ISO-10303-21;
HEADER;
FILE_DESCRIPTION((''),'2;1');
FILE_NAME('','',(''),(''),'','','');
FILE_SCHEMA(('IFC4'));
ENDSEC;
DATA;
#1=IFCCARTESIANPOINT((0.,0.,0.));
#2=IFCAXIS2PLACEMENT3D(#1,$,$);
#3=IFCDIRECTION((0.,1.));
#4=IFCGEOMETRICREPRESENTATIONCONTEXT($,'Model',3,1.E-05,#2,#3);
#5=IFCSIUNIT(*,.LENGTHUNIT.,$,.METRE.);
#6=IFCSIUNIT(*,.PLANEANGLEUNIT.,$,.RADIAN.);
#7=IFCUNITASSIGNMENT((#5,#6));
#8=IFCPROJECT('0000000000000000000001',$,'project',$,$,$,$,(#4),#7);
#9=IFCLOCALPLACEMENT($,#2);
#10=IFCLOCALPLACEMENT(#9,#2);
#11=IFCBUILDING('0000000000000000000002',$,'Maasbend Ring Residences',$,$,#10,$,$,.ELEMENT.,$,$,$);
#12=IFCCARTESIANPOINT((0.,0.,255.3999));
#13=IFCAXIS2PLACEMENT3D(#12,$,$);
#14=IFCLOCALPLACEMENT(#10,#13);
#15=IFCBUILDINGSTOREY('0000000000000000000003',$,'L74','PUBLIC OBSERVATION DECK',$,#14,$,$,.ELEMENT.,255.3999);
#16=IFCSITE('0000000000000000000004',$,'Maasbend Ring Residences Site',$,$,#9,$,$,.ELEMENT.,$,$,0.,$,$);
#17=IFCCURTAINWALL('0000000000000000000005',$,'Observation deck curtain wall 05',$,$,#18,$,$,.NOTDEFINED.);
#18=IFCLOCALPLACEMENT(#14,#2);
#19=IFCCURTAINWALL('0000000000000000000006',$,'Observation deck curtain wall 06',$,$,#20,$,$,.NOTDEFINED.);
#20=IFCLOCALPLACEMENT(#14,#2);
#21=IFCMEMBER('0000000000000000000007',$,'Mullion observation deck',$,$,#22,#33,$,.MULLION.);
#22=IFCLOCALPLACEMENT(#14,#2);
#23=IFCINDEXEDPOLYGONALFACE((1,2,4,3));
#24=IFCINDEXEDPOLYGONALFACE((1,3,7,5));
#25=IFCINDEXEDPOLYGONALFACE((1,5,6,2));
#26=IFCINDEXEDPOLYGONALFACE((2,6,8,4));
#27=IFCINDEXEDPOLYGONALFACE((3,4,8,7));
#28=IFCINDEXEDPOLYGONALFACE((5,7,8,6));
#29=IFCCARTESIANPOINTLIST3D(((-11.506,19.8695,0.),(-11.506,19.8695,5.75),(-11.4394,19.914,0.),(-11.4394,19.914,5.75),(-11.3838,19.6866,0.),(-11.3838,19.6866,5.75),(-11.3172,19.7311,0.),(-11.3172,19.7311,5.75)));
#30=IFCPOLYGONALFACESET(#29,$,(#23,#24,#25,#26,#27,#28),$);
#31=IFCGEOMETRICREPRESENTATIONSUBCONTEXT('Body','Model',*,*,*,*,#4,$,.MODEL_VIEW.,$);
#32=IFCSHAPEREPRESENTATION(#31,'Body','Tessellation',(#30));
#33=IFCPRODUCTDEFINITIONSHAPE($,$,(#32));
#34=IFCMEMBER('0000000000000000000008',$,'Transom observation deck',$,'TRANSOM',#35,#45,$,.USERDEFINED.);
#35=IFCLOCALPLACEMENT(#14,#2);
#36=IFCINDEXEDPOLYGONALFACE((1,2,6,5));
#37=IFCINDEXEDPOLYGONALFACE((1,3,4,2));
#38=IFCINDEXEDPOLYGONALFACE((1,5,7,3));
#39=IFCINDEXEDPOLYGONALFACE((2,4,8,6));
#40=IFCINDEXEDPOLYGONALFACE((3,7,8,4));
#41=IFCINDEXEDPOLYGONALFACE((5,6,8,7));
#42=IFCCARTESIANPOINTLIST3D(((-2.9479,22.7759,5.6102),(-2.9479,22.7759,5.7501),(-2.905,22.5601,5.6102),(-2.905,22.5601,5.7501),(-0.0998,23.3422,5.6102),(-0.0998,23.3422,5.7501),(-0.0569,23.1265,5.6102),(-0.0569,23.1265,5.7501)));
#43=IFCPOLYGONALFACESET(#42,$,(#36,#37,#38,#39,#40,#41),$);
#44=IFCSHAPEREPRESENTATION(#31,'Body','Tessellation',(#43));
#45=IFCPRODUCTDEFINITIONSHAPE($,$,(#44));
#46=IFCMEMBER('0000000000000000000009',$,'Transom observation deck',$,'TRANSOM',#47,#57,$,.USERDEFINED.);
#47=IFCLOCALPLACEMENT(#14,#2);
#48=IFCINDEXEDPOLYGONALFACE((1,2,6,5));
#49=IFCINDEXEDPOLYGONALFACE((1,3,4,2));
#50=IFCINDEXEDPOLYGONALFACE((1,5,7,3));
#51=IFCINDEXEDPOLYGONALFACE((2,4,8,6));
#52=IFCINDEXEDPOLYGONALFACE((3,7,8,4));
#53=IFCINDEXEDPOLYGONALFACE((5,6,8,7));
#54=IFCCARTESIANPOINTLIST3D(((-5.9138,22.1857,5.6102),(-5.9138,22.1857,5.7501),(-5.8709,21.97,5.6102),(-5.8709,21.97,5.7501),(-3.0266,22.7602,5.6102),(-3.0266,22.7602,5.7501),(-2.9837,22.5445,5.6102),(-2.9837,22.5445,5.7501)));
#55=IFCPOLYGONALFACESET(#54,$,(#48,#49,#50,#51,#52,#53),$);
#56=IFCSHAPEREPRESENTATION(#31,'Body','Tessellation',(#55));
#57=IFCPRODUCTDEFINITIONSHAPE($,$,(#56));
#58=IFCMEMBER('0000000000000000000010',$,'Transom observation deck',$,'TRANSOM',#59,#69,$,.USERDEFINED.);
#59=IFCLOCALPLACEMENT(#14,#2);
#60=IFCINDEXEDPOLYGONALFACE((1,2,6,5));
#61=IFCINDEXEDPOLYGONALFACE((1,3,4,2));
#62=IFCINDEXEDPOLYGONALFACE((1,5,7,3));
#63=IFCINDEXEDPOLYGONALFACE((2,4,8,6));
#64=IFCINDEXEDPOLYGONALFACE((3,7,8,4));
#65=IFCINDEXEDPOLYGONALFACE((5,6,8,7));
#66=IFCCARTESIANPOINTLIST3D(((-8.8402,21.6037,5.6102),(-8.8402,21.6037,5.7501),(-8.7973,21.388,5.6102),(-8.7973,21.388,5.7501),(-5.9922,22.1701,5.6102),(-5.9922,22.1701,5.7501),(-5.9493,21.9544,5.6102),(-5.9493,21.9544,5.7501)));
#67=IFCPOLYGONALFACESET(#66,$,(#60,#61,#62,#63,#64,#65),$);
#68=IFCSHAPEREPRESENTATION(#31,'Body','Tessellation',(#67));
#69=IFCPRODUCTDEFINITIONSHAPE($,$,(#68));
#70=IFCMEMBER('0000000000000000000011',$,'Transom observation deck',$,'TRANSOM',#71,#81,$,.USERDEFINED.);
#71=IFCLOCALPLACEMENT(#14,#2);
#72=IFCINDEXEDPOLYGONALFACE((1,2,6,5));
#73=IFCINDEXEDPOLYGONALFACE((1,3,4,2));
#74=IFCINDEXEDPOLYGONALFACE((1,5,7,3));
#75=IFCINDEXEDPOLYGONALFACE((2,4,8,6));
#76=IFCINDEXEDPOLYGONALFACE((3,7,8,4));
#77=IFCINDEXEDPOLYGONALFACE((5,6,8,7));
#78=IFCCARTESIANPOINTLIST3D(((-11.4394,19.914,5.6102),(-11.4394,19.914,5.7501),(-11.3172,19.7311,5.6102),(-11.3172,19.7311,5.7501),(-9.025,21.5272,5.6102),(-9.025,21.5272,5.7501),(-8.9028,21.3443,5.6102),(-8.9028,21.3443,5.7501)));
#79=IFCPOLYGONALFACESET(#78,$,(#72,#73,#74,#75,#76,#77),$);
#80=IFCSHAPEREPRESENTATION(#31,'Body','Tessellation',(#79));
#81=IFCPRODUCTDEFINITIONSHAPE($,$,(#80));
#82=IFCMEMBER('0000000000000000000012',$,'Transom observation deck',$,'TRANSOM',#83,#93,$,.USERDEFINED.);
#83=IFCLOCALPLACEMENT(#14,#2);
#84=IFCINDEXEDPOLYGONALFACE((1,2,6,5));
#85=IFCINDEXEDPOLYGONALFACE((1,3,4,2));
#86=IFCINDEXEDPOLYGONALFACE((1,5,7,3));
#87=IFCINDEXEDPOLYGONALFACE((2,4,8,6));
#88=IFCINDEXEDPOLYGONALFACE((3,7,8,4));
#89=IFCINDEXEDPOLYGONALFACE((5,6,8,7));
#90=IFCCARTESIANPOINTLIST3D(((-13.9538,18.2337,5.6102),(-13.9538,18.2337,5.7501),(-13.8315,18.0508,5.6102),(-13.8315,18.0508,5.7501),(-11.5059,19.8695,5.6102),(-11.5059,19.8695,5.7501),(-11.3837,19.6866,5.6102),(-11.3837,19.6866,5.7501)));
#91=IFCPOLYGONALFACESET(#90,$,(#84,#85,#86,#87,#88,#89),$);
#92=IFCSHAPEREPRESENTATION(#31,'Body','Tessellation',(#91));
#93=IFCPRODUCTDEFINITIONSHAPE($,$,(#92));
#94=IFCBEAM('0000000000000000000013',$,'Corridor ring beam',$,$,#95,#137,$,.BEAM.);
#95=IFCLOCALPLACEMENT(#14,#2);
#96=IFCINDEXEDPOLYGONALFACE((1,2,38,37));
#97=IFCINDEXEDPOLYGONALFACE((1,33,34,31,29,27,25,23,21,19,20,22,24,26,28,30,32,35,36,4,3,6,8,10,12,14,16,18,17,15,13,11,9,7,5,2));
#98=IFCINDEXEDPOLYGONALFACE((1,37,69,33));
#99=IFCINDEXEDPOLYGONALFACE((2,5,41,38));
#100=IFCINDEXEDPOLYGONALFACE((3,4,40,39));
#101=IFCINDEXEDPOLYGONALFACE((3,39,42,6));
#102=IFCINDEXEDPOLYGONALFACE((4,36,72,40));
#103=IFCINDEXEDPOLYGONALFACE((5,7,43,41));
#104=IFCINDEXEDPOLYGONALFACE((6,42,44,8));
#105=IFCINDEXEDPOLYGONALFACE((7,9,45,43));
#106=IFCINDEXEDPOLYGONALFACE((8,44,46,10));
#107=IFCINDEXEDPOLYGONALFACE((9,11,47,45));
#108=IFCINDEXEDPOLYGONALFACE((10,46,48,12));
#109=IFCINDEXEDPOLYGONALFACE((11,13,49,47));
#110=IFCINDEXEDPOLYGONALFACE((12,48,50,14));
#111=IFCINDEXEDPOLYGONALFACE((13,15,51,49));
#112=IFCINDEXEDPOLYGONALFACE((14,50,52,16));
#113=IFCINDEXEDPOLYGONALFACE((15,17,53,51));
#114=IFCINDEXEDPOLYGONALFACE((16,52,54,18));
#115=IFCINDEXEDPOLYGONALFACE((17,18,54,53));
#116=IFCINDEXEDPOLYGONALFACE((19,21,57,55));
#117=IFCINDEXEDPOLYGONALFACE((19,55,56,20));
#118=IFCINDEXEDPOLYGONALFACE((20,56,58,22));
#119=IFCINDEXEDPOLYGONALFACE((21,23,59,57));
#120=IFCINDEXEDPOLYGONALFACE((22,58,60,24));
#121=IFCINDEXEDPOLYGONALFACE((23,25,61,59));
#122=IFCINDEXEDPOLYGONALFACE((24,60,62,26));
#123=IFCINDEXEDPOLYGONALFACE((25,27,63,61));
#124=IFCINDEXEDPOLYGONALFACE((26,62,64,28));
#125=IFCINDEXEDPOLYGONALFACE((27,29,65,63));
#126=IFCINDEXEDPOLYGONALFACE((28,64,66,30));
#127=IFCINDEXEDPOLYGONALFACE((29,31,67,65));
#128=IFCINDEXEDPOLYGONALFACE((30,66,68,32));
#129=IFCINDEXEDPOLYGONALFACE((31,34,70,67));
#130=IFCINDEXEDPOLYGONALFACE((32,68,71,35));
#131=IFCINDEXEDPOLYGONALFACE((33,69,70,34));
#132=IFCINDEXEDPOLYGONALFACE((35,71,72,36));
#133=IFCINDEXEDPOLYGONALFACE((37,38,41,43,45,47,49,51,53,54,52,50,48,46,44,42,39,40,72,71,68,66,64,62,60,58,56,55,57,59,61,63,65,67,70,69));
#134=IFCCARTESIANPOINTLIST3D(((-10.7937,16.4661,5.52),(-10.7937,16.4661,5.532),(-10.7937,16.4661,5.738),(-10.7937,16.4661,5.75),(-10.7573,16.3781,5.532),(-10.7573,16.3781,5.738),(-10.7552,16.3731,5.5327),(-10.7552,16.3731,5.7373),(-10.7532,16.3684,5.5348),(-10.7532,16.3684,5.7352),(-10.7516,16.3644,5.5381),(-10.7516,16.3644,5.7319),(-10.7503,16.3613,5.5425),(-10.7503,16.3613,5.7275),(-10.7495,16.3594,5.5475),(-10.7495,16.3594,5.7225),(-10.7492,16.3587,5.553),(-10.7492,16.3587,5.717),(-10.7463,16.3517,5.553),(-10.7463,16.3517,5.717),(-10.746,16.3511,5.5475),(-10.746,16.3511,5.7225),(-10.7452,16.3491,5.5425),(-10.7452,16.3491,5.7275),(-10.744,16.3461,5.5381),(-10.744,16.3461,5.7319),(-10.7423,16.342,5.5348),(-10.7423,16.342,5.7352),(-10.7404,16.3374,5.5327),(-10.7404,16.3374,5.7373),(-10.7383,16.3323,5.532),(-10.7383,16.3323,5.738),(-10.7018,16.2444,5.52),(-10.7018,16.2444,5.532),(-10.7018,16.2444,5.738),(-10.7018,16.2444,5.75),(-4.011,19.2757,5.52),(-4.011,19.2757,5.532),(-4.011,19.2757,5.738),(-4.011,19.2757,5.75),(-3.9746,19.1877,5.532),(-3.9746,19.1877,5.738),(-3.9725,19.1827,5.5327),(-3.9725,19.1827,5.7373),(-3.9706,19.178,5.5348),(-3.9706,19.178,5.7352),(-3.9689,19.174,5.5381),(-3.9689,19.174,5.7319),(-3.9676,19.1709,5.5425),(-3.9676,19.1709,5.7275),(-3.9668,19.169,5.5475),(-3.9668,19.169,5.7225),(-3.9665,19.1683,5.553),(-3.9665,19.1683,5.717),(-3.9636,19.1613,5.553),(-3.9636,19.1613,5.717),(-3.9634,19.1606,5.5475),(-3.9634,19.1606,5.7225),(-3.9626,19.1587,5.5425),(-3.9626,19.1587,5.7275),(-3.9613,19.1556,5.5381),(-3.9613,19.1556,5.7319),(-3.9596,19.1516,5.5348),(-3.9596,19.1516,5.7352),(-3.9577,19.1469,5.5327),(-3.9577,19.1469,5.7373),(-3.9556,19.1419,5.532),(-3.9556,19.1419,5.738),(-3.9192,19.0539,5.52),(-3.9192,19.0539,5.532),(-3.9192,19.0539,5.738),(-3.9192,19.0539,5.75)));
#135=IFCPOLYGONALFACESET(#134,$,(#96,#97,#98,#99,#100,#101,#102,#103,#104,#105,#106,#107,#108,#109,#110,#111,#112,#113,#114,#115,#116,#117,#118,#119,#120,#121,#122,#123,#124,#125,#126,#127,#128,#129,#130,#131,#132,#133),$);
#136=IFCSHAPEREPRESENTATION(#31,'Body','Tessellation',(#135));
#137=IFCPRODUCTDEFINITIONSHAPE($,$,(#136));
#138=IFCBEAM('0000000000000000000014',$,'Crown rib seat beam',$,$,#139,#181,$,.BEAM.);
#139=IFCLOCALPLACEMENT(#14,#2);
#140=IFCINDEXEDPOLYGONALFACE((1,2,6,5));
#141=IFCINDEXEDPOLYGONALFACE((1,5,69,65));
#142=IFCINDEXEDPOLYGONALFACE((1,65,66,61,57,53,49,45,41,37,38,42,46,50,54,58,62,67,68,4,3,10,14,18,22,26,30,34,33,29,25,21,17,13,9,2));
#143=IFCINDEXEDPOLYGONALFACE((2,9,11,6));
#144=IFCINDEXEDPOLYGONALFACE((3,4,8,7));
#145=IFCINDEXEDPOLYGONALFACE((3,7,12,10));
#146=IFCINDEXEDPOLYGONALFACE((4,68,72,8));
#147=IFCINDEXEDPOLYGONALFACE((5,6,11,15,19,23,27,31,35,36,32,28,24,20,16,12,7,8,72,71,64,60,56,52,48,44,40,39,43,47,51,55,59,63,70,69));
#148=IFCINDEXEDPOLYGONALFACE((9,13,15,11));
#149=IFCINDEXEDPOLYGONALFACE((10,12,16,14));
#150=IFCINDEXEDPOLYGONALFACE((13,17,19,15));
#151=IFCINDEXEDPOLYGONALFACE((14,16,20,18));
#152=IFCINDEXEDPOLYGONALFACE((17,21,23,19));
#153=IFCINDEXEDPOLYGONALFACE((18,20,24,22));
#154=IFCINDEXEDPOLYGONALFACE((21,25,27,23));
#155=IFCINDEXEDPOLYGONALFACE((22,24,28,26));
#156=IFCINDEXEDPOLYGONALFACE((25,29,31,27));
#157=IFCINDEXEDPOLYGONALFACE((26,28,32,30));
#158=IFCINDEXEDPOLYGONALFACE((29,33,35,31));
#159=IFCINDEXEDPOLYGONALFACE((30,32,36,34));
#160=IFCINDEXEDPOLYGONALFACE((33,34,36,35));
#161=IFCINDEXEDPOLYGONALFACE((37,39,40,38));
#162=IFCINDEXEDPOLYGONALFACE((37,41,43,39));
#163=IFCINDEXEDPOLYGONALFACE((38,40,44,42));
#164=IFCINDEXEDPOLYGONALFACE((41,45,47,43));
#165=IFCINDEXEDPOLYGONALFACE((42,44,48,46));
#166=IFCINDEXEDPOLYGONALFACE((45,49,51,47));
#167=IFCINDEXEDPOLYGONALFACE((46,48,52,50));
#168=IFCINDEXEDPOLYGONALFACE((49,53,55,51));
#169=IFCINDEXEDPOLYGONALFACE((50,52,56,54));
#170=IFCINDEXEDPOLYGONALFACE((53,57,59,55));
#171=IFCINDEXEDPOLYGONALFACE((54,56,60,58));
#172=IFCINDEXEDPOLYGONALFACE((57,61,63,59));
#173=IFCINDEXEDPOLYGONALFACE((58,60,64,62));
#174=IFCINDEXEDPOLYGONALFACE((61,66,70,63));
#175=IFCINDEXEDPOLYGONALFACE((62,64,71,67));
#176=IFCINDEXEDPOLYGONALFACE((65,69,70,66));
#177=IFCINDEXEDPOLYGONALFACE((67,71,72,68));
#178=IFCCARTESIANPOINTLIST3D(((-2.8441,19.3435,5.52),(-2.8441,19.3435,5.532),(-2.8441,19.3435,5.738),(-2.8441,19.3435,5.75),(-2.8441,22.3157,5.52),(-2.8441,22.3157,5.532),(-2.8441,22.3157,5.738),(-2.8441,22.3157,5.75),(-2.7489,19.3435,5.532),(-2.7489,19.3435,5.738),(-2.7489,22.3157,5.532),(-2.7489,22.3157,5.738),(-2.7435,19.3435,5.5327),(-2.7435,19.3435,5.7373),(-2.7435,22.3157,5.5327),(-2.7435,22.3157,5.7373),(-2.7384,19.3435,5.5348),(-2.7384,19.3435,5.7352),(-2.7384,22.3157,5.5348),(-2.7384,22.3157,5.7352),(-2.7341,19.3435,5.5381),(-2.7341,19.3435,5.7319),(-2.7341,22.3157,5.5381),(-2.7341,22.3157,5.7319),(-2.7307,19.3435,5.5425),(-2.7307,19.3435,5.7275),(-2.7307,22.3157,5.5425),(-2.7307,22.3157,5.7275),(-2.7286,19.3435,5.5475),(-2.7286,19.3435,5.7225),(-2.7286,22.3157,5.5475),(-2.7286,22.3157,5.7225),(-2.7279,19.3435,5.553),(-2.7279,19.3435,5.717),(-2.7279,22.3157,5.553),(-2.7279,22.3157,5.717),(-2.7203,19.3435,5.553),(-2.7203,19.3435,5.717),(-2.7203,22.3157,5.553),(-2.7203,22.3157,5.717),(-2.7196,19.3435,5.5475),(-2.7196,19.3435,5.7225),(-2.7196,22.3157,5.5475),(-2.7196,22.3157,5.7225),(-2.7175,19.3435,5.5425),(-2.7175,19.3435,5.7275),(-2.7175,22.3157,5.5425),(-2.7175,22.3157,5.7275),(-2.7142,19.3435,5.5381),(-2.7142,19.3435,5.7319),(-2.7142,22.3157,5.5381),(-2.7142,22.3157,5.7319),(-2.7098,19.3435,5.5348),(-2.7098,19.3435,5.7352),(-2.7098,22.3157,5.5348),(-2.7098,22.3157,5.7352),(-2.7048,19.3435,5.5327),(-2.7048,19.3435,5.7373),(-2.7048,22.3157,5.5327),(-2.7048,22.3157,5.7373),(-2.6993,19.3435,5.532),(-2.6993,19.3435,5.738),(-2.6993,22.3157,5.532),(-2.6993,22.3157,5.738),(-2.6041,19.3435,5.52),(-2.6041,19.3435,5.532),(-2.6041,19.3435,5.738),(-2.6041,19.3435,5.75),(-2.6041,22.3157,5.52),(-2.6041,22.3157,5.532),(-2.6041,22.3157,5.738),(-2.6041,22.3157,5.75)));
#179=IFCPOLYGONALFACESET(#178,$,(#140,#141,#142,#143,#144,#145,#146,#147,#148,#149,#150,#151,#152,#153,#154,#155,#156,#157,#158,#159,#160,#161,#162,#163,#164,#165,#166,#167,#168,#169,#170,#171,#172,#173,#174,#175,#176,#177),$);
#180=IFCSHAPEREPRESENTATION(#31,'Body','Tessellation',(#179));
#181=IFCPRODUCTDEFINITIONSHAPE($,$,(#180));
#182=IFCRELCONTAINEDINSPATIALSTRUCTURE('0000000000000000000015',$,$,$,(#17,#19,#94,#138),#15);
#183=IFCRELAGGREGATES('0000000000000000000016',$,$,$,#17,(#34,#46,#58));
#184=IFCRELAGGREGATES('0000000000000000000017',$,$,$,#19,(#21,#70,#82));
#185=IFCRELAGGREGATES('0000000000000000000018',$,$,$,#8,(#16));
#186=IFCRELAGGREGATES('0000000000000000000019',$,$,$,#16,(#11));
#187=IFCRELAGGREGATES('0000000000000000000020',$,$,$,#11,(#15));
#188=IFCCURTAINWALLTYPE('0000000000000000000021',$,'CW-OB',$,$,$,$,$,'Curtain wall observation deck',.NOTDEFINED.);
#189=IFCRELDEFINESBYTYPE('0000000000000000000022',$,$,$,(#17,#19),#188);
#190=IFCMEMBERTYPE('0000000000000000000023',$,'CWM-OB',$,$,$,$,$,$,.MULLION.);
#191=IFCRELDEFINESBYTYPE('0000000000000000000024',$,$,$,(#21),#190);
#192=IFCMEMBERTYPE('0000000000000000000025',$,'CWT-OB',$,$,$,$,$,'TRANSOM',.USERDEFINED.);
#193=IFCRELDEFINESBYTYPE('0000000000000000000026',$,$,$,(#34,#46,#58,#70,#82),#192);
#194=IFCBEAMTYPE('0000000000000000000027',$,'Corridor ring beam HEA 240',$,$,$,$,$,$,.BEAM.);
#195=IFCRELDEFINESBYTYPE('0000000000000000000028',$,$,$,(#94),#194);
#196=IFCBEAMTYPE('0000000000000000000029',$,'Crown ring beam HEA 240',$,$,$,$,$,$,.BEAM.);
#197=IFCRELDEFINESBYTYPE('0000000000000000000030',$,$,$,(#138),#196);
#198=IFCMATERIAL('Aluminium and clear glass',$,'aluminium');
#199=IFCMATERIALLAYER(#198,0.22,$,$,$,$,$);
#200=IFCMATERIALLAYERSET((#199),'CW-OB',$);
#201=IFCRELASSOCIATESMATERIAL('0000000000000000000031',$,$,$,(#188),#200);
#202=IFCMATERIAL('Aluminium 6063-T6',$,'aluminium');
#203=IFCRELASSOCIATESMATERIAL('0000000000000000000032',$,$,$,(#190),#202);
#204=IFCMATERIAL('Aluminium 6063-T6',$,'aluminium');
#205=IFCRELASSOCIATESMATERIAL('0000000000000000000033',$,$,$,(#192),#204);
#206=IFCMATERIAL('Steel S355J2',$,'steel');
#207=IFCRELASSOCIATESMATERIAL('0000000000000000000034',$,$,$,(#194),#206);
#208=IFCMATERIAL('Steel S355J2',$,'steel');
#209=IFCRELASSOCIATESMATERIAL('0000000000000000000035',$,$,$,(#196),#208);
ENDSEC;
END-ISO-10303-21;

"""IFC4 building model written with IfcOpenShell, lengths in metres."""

from ifc_helpers import new_model, si_unit, direction, frame, origin, origin_2d, place, context, subcontext, project, spatial, rectangle, i_section, extrude, material, layer, layer_set, material_profile, profile_set, type_object, element, aggregate, save


model = new_model("IFC4")

# Units and contexts
model_context = context("Model", 3, precision=1e-05, world=origin(), true_north=direction((0.0, 1.0)))
body_context = subcontext(model_context, "Body", "Model", "MODEL_VIEW")
ifc_project = project(units=[si_unit("LENGTHUNIT", "METRE"), si_unit("PLANEANGLEUNIT", "RADIAN")], contexts=[model_context])

# Site, building, storey
site_placement = place(None, origin())
site = spatial("IfcSite", under=ifc_project, at=site_placement, Name="Maasbend Ring Residences Site", CompositionType="ELEMENT", RefElevation=0.0)
building_placement = place(site_placement, origin())
building = spatial("IfcBuilding", under=site, at=building_placement, Name="Maasbend Ring Residences", CompositionType="ELEMENT")
storey_placement = place(building_placement, frame((0.0, 0.0, 255.3999)))
storey = spatial("IfcBuildingStorey", under=building, at=storey_placement, Name="L74", Description="PUBLIC OBSERVATION DECK", CompositionType="ELEMENT", Elevation=255.3999)

# Curtain walls, member
ifc_material_1 = material(Name="Aluminium and clear glass", Category="aluminium")
ifc_layer_1 = layer(ifc_material_1, 0.22)
ifc_layer_set_1 = layer_set([ifc_layer_1], Name="CW-OB")
curtain_wall_type = type_object("IfcCurtainWallType", Name="CW-OB", ElementType="Curtain wall observation deck", PredefinedType="NOTDEFINED", material=ifc_layer_set_1)
curtain_wall_1_placement = place(storey_placement, origin())
curtain_wall_1 = element("IfcCurtainWall", 1, at=curtain_wall_1_placement, inside=storey, type_object=curtain_wall_type, Name="Observation deck curtain wall 05", PredefinedType="NOTDEFINED")
ifc_material_2 = material(Name="Aluminium 6063-T6", Category="aluminium")
ifc_material_profile_1 = material_profile(ifc_material_2, rectangle(XDim=0.22, YDim=0.0801, at=origin_2d()), Name="AL 220x80")
ifc_profile_set_1 = profile_set([ifc_material_profile_1], Name="Aluminium 6063-T6")
member_type_1 = type_object("IfcMemberType", Name="CWM-OB", PredefinedType="MULLION", material=ifc_profile_set_1)
curtain_wall_2_placement = place(storey_placement, origin())
curtain_wall_2 = element("IfcCurtainWall", 2, at=curtain_wall_2_placement, inside=storey, type_object=curtain_wall_type, Name="Observation deck curtain wall 06", PredefinedType="NOTDEFINED")
member_1_placement = place(storey_placement, frame((-11.4116, 19.8003, 0.0), z_axis=(0.0, 0.0, 1.0), x_axis=(0.55557, -0.83147, 0.0)))
member_1 = element("IfcMember", 3, at=member_1_placement, type_object=member_type_1, Name="Mullion observation deck", PredefinedType="MULLION", context=body_context, shape_type="SweptSolid", body=[
    extrude(rectangle(XDim=0.22, YDim=0.0801, at=origin_2d()), origin(), (0.0, 0.0, 1.0), 5.75),
])

# Members
ifc_material_3 = material(Name="Aluminium 6063-T6", Category="aluminium")
ifc_material_profile_2 = material_profile(ifc_material_3, rectangle(XDim=0.22, YDim=0.1399, at=origin_2d()), Name="AL 220x140")
ifc_profile_set_2 = profile_set([ifc_material_profile_2], Name="Aluminium 6063-T6")
member_type_2 = type_object("IfcMemberType", Name="CWT-OB", ElementType="TRANSOM", PredefinedType="USERDEFINED", material=ifc_profile_set_2)
member_2_placement = place(storey_placement, frame((-0.0784, 23.2344, 5.6802), z_axis=(-0.980794, -0.195049, 0.0), x_axis=(0.195049, -0.980794, 0.0)))
member_2 = element("IfcMember", 4, at=member_2_placement, type_object=member_type_2, Name="Transom observation deck", ObjectType="TRANSOM", PredefinedType="USERDEFINED", context=body_context, shape_type="SweptSolid", body=[
    extrude(rectangle(XDim=0.22, YDim=0.1399, at=origin_2d()), origin(), (0.0, 0.0, 1.0), 2.9038),
])
member_3_placement = place(storey_placement, frame((-3.0051, 22.6523, 5.6802), z_axis=(-0.980775, -0.195143, 0.0), x_axis=(0.195143, -0.980775, 0.0)))
member_3 = element("IfcMember", 5, at=member_3_placement, type_object=member_type_2, Name="Transom observation deck", ObjectType="TRANSOM", PredefinedType="USERDEFINED", context=body_context, shape_type="SweptSolid", body=[
    extrude(rectangle(XDim=0.22, YDim=0.1399, at=origin_2d()), origin(), (0.0, 0.0, 1.0), 2.9438),
])
member_4_placement = place(storey_placement, frame((-5.9707, 22.0623, 5.6802), z_axis=(-0.980794, -0.195049, 0.0), x_axis=(0.195049, -0.980794, 0.0)))
member_4 = element("IfcMember", 6, at=member_4_placement, type_object=member_type_2, Name="Transom observation deck", ObjectType="TRANSOM", PredefinedType="USERDEFINED", context=body_context, shape_type="SweptSolid", body=[
    extrude(rectangle(XDim=0.22, YDim=0.1399, at=origin_2d()), origin(), (0.0, 0.0, 1.0), 2.9038),
])
member_5_placement = place(storey_placement, frame((-8.9639, 21.4358, 5.6802), z_axis=(-0.831481, -0.555554, 0.0), x_axis=(0.555554, -0.831481, 0.0)))
member_5 = element("IfcMember", 7, at=member_5_placement, type_object=member_type_2, Name="Transom observation deck", ObjectType="TRANSOM", PredefinedType="USERDEFINED", context=body_context, shape_type="SweptSolid", body=[
    extrude(rectangle(XDim=0.22, YDim=0.1399, at=origin_2d()), origin(), (0.0, 0.0, 1.0), 2.9038),
])
member_6_placement = place(storey_placement, frame((-11.4448, 19.7781, 5.6802), z_axis=(-0.831437, -0.555618, 0.0), x_axis=(0.555618, -0.831437, 0.0)))
member_6 = element("IfcMember", 8, at=member_6_placement, type_object=member_type_2, Name="Transom observation deck", ObjectType="TRANSOM", PredefinedType="USERDEFINED", context=body_context, shape_type="SweptSolid", body=[
    extrude(rectangle(XDim=0.22, YDim=0.1399, at=origin_2d()), origin(), (0.0, 0.0, 1.0), 2.9441),
])

# Beams
ifc_material_4 = material(Name="Steel S355J2", Category="steel")
ifc_material_profile_3 = material_profile(ifc_material_4, i_section(OverallWidth=0.24, OverallDepth=0.23, WebThickness=0.0076, FlangeThickness=0.012, FilletRadius=0.021, at=origin_2d()), Name="HEA 240")
ifc_profile_set_3 = profile_set([ifc_material_profile_3], Name="Steel S355J2")
beam_type_1 = type_object("IfcBeamType", Name="Corridor ring beam HEA 240", PredefinedType="BEAM", material=ifc_profile_set_3)
beam_1_placement = place(storey_placement, frame((-3.9651, 19.1648, 5.635), z_axis=(-0.923876, -0.382692, 0.0), x_axis=(0.382692, -0.923876, 0.0)))
element("IfcBeam", 9, at=beam_1_placement, inside=storey, type_object=beam_type_1, Name="Corridor ring beam", PredefinedType="BEAM", context=body_context, shape_type="SweptSolid", body=[
    extrude(i_section(OverallWidth=0.24, OverallDepth=0.23, WebThickness=0.0076, FlangeThickness=0.012, FilletRadius=0.021, at=origin_2d()), origin(), (0.0, 0.0, 1.0), 7.3416),
])
ifc_material_5 = material(Name="Steel S355J2", Category="steel")
ifc_material_profile_4 = material_profile(ifc_material_5, i_section(OverallWidth=0.24, OverallDepth=0.23, WebThickness=0.0076, FlangeThickness=0.012, FilletRadius=0.021, at=origin_2d()), Name="HEA 240")
ifc_profile_set_4 = profile_set([ifc_material_profile_4], Name="Steel S355J2")
beam_type_2 = type_object("IfcBeamType", Name="Crown ring beam HEA 240", PredefinedType="BEAM", material=ifc_profile_set_4)
beam_2_placement = place(storey_placement, frame((-2.7241, 19.3435, 5.635), z_axis=(0.0, 1.0, 0.0), x_axis=(-1.0, 0.0, 0.0)))
element("IfcBeam", 10, at=beam_2_placement, inside=storey, type_object=beam_type_2, Name="Crown rib seat beam", PredefinedType="BEAM", context=body_context, shape_type="SweptSolid", body=[
    extrude(i_section(OverallWidth=0.24, OverallDepth=0.23, WebThickness=0.0076, FlangeThickness=0.012, FilletRadius=0.021, at=origin_2d()), origin(), (0.0, 0.0, 1.0), 2.9722),
])

aggregate(curtain_wall_1, [member_2, member_3, member_4])
aggregate(curtain_wall_2, [member_1, member_5, member_6])

save(model, "model.ifc")
